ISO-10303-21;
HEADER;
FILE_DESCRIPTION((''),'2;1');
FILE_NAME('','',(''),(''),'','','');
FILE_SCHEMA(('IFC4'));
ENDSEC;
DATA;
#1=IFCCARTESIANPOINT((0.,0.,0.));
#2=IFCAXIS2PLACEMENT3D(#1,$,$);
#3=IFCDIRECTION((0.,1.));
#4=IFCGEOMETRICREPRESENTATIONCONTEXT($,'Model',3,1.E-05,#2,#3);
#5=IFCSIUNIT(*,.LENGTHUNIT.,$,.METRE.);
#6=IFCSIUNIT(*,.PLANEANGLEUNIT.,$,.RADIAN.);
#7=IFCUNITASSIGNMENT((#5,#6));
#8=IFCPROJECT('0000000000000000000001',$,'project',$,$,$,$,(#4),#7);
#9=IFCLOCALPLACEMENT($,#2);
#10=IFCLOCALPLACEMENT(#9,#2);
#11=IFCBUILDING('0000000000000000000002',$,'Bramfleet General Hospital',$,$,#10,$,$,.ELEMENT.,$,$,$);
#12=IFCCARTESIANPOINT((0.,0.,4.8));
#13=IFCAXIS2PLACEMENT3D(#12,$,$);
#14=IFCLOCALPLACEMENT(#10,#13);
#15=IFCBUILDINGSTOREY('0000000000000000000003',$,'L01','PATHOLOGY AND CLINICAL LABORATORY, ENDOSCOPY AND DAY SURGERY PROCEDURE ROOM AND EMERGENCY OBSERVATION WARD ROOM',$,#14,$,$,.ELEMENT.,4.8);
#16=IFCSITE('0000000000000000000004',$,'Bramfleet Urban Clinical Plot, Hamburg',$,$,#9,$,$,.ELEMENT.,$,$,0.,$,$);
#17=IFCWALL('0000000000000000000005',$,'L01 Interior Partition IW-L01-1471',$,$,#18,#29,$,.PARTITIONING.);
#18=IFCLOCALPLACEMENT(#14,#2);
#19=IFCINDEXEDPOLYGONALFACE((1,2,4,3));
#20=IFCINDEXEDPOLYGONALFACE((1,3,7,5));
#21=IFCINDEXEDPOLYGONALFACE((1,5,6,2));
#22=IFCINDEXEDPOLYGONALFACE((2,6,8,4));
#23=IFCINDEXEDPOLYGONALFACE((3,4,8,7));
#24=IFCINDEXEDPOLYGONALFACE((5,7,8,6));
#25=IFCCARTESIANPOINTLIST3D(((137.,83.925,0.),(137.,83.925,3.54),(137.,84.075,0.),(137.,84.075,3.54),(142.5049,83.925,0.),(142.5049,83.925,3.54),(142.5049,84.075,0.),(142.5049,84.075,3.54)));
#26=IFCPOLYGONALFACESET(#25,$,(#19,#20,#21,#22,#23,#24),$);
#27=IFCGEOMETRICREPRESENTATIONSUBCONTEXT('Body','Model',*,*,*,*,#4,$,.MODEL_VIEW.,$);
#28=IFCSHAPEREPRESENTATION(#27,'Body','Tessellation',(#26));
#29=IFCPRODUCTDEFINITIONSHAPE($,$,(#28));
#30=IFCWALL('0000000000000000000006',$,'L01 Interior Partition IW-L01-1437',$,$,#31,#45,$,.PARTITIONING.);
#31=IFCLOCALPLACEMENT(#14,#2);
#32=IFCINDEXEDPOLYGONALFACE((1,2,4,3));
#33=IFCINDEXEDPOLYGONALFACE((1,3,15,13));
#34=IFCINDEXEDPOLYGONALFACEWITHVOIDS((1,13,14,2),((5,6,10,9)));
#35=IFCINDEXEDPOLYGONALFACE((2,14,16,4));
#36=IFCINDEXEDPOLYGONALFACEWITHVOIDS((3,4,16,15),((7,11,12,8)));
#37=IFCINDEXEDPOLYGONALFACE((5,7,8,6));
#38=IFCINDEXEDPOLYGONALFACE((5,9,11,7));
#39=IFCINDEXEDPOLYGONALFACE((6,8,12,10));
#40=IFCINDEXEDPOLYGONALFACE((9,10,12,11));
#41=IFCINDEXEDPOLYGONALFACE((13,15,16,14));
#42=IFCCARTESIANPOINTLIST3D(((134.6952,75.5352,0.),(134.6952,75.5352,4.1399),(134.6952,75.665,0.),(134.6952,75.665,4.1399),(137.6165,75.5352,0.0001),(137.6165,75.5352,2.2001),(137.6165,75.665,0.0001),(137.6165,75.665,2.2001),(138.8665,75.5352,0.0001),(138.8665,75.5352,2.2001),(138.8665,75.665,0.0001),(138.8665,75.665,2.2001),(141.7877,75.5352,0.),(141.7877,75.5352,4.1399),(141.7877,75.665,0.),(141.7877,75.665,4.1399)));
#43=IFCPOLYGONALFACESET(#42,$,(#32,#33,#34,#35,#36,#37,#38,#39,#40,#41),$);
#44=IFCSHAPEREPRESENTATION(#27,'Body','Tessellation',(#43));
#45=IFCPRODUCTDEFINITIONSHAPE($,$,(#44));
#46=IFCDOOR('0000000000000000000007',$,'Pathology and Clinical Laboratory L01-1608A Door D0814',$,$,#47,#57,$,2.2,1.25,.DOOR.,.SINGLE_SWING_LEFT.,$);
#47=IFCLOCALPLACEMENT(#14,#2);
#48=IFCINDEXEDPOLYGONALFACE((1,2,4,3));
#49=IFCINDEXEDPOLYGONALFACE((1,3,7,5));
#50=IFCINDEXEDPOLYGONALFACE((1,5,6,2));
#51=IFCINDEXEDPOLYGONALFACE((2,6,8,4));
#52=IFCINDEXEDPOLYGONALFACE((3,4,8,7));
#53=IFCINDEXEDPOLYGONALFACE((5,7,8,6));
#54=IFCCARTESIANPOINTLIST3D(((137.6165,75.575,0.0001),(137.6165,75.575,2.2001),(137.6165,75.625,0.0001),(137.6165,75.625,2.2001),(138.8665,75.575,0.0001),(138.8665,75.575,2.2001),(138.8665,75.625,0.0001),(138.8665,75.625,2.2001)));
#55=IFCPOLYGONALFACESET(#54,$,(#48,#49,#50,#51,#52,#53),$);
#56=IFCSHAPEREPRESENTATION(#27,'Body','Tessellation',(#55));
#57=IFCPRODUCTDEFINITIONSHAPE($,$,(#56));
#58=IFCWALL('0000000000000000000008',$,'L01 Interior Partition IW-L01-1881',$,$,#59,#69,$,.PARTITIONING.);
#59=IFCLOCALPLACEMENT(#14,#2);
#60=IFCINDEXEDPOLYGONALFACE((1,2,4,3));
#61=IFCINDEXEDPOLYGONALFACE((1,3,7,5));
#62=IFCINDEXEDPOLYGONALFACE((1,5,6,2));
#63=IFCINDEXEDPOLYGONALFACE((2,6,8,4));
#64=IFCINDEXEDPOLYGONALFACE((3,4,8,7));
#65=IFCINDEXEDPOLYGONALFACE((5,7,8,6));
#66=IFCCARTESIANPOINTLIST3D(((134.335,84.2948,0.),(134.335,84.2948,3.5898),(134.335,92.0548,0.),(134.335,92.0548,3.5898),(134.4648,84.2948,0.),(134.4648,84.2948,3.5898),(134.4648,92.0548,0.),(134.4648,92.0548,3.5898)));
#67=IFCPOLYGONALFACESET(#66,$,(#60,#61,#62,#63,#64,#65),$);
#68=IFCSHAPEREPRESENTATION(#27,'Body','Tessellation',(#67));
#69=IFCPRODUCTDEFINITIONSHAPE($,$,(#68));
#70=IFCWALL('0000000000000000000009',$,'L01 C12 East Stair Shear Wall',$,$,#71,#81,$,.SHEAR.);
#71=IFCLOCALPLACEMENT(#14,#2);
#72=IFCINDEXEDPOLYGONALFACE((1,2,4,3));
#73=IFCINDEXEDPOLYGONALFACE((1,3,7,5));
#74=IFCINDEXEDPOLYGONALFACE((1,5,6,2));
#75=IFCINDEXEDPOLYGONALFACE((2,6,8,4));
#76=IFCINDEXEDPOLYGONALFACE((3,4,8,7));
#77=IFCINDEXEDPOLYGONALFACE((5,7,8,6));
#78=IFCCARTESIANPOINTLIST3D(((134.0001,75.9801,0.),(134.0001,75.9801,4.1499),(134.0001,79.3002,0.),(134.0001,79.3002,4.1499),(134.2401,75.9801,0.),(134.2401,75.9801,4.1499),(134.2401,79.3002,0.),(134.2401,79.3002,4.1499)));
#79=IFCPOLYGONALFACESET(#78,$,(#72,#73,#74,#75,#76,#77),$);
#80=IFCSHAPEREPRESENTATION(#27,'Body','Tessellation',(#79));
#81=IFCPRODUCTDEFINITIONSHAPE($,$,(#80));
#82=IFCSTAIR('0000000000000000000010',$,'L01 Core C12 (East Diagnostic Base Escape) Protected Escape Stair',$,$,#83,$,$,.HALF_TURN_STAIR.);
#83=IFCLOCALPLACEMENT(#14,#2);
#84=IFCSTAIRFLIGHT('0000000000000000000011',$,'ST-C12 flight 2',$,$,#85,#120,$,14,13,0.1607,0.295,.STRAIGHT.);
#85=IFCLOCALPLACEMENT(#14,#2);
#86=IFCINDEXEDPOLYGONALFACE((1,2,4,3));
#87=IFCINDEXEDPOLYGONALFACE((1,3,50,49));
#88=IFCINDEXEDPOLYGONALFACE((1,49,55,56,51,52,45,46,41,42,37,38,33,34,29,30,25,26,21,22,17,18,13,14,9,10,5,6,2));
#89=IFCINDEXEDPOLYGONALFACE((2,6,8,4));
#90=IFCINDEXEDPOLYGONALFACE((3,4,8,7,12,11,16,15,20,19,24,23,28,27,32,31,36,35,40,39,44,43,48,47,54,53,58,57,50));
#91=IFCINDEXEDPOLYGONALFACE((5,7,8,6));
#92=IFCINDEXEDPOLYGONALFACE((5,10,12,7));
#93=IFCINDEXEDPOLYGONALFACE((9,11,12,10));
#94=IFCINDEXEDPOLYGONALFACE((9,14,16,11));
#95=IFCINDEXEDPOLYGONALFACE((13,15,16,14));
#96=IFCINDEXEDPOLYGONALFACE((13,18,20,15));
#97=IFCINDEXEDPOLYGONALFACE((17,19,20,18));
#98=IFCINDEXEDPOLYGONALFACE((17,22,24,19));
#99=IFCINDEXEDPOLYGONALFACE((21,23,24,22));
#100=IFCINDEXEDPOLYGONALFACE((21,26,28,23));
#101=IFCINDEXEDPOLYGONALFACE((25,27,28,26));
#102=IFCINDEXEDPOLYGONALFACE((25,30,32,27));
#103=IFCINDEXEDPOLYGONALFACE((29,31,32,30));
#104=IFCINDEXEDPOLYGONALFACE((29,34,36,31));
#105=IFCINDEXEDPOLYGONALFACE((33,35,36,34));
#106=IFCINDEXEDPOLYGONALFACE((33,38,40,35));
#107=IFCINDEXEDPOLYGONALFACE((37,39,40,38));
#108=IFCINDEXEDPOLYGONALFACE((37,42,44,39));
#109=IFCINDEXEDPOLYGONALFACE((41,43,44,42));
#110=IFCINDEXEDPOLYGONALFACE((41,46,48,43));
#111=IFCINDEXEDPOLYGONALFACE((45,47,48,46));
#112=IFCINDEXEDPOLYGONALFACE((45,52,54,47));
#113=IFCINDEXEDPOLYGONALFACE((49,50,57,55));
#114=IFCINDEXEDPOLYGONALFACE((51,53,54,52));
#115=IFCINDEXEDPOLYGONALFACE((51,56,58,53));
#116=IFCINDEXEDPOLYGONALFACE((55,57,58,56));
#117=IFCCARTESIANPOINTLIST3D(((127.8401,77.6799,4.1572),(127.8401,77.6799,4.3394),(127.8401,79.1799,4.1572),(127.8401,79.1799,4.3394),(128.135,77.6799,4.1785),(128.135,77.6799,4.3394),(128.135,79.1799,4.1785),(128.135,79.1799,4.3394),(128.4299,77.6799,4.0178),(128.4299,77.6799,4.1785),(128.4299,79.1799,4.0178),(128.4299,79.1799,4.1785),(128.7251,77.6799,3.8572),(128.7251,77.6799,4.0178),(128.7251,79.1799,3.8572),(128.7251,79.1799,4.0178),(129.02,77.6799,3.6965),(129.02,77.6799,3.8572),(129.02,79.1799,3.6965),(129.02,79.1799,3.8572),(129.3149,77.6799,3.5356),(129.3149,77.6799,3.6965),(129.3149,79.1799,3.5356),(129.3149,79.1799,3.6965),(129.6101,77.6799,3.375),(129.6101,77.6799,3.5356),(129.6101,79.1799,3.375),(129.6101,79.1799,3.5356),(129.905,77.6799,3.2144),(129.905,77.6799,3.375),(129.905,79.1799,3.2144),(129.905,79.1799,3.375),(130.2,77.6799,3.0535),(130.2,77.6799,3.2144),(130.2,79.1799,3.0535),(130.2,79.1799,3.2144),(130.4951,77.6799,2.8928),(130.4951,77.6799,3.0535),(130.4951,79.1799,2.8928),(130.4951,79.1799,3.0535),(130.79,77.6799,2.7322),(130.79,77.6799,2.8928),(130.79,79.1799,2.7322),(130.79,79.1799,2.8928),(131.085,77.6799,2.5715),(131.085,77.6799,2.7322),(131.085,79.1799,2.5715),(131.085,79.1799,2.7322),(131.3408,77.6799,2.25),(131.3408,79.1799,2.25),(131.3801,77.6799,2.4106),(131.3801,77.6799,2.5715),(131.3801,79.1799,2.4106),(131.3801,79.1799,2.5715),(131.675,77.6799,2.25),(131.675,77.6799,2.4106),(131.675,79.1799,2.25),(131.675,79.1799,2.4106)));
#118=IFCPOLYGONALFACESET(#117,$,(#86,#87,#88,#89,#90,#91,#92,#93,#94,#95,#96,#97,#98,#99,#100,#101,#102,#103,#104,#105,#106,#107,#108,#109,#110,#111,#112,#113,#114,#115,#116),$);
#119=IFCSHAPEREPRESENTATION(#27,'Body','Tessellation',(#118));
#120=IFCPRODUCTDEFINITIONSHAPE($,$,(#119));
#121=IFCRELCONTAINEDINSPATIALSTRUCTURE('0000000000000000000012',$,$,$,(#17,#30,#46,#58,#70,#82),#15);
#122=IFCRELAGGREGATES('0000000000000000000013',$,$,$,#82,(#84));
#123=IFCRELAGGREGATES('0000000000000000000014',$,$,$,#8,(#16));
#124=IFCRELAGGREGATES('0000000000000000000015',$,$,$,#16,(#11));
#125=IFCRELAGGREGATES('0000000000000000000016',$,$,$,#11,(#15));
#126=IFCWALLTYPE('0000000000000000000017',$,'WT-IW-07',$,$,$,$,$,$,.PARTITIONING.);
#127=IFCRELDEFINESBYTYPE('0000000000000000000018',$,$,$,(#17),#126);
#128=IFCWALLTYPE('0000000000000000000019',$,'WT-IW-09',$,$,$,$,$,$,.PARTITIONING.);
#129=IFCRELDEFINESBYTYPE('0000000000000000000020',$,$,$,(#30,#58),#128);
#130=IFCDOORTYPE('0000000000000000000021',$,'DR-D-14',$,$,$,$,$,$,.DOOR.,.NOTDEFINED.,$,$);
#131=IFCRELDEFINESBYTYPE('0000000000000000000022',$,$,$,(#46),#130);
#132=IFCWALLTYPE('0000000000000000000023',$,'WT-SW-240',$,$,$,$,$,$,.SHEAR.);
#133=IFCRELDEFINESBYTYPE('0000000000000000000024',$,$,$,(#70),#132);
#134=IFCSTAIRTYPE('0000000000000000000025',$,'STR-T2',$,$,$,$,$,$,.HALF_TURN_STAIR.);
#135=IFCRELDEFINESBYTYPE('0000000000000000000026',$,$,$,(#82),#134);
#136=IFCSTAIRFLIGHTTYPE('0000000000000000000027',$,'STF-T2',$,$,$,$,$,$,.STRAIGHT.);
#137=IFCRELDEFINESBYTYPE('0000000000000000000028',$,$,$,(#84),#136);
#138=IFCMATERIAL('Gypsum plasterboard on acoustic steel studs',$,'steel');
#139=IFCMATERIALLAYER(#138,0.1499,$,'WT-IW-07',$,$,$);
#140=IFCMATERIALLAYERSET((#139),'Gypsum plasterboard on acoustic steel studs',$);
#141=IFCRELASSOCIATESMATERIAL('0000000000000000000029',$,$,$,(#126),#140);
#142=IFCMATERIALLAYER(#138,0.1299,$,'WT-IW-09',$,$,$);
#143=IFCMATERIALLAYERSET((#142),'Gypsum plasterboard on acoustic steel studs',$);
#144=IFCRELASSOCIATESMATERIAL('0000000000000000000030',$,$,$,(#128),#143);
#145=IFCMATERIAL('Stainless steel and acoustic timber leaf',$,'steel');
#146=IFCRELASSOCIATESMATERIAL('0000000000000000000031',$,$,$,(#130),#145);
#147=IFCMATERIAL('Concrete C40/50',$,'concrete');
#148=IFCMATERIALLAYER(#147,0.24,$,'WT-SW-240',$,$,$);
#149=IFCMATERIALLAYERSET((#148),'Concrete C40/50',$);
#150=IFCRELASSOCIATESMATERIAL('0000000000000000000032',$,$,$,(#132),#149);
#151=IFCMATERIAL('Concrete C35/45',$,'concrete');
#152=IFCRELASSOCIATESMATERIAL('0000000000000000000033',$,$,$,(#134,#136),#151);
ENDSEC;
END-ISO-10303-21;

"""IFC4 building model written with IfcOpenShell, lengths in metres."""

from ifc_helpers import new_model, si_unit, direction, frame, frame_2d, origin, place, context, subcontext, project, spatial, polyline, rectangle, outline, extrude, material, layer, layer_set, type_object, element, fill, aggregate, save


model = new_model("IFC4")

# Units and contexts
model_context = context("Model", 3, precision=1e-05, world=origin(), true_north=direction((0.0, 1.0)))
body_context = subcontext(model_context, "Body", "Model", "MODEL_VIEW")
ifc_project = project(units=[si_unit("LENGTHUNIT", "METRE"), si_unit("PLANEANGLEUNIT", "RADIAN")], contexts=[model_context])

# Site, building, storey
site_placement = place(None, origin())
site = spatial("IfcSite", under=ifc_project, at=site_placement, Name="Bramfleet Urban Clinical Plot, Hamburg", CompositionType="ELEMENT", RefElevation=0.0)
building_placement = place(site_placement, origin())
building = spatial("IfcBuilding", under=site, at=building_placement, Name="Bramfleet General Hospital", CompositionType="ELEMENT")
storey_placement = place(building_placement, frame((0.0, 0.0, 4.8)))
storey = spatial("IfcBuildingStorey", under=building, at=storey_placement, Name="L01", Description="PATHOLOGY AND CLINICAL LABORATORY, ENDOSCOPY AND DAY SURGERY PROCEDURE ROOM AND EMERGENCY OBSERVATION WARD ROOM", CompositionType="ELEMENT", Elevation=4.8)

# Shared definitions
ifc_material_1 = material(Name="Concrete C40/50", Category="concrete")

# Shared definitions
ifc_material_2 = material(Name="Concrete C35/45", Category="concrete")

# Shared definitions
ifc_material_3 = material(Name="Stainless steel and acoustic timber leaf", Category="steel")

# Shared definitions
ifc_material_4 = material(Name="Gypsum plasterboard on acoustic steel studs", Category="steel")

# Wall
ifc_layer_1 = layer(ifc_material_4, 0.1499, Name="WT-IW-07")
ifc_layer_set_1 = layer_set([ifc_layer_1], Name="Gypsum plasterboard on acoustic steel studs")
wall_type_1 = type_object("IfcWallType", Name="WT-IW-07", PredefinedType="PARTITIONING", material=ifc_layer_set_1)
wall_1_placement = place(storey_placement, frame((137.0, 84.0, 0.0), z_axis=(0.0, 0.0, 1.0), x_axis=(1.0, 0.0, 0.0)))
element("IfcWall", 1, at=wall_1_placement, inside=storey, type_object=wall_type_1, Name="L01 Interior Partition IW-L01-1471", PredefinedType="PARTITIONING", context=body_context, shape_type="SweptSolid", body=[
    extrude(rectangle(XDim=5.5049, YDim=0.1499, at=frame_2d((2.7524, 0.0))), origin(), (0.0, 0.0, 1.0), 3.54),
])

# Wall, opening, door
ifc_layer_2 = layer(ifc_material_4, 0.1299, Name="WT-IW-09")
ifc_layer_set_2 = layer_set([ifc_layer_2], Name="Gypsum plasterboard on acoustic steel studs")
wall_type_2 = type_object("IfcWallType", Name="WT-IW-09", PredefinedType="PARTITIONING", material=ifc_layer_set_2)
wall_2_placement = place(storey_placement, frame((134.6951, 75.6001, 0.0), z_axis=(0.0, 0.0, 1.0), x_axis=(1.0, 0.0, 0.0)))
wall_2 = element("IfcWall", 2, at=wall_2_placement, inside=storey, type_object=wall_type_2, Name="L01 Interior Partition IW-L01-1437", PredefinedType="PARTITIONING", context=body_context, shape_type="SweptSolid", body=[
    extrude(rectangle(XDim=7.0925, YDim=0.1299, at=frame_2d((3.5464, 0.0))), origin(), (0.0, 0.0, 1.0), 4.1399),
])
opening_1_placement = place(wall_2_placement, frame((2.9214, 0.0, 0.0)))
opening_1 = element("IfcOpeningElement", 3, at=opening_1_placement, cuts=wall_2, PredefinedType="OPENING", context=body_context, shape_type="SweptSolid", body=[
    extrude(rectangle(XDim=1.25, YDim=2.2, at=frame_2d((0.625, 1.1001))), frame((0.0, 0.075, 0.0), z_axis=(0.0, -1.0, 0.0), x_axis=(1.0, 0.0, 0.0)), (0.0, 0.0, 1.0), 0.1499),
])
door_type_1 = type_object("IfcDoorType", Name="DR-D-14", OperationType="NOTDEFINED", PredefinedType="DOOR", material=ifc_material_3)
door_1_placement = place(opening_1_placement, origin())
door_1 = element("IfcDoor", 4, at=door_1_placement, inside=storey, type_object=door_type_1, Name="Pathology and Clinical Laboratory L01-1608A Door D0814", OperationType="SINGLE_SWING_LEFT", OverallHeight=2.2, OverallWidth=1.25, PredefinedType="DOOR", context=body_context, shape_type="SweptSolid", body=[
    extrude(rectangle(XDim=1.25, YDim=2.2, at=frame_2d((0.625, 1.1001))), frame((0.0, 0.0249, 0.0), z_axis=(0.0, -1.0, 0.0), x_axis=(1.0, 0.0, 0.0)), (0.0, 0.0, 1.0), 0.05),
])
fill(opening_1, door_1)

# Walls
wall_3_placement = place(storey_placement, frame((134.3999, 84.2949, 0.0), z_axis=(0.0, 0.0, 1.0), x_axis=(0.0, 1.0, 0.0)))
element("IfcWall", 5, at=wall_3_placement, inside=storey, type_object=wall_type_2, Name="L01 Interior Partition IW-L01-1881", PredefinedType="PARTITIONING", context=body_context, shape_type="SweptSolid", body=[
    extrude(rectangle(XDim=7.76, YDim=0.1299, at=frame_2d((3.8799, 0.0))), origin(), (0.0, 0.0, 1.0), 3.5898),
])
ifc_layer_3 = layer(ifc_material_1, 0.24, Name="WT-SW-240")
ifc_layer_set_3 = layer_set([ifc_layer_3], Name="Concrete C40/50")
wall_type_3 = type_object("IfcWallType", Name="WT-SW-240", PredefinedType="SHEAR", material=ifc_layer_set_3)
wall_4_placement = place(storey_placement, frame((134.1201, 75.98, 0.0), z_axis=(0.0, 0.0, 1.0), x_axis=(0.0, 1.0, 0.0)))
element("IfcWall", 6, at=wall_4_placement, inside=storey, type_object=wall_type_3, Name="L01 C12 East Stair Shear Wall", PredefinedType="SHEAR", context=body_context, shape_type="SweptSolid", body=[
    extrude(rectangle(XDim=3.3201, YDim=0.24, at=frame_2d((1.6602, 0.0))), origin(), (0.0, 0.0, 1.0), 4.1499),
])

# Stair, stair flight
stair_type = type_object("IfcStairType", Name="STR-T2", PredefinedType="HALF_TURN_STAIR", material=ifc_material_2)
stair_placement = place(storey_placement, origin())
stair = element("IfcStair", 7, at=stair_placement, inside=storey, type_object=stair_type, Name="L01 Core C12 (East Diagnostic Base Escape) Protected Escape Stair", PredefinedType="HALF_TURN_STAIR")
stair_flight_type = type_object("IfcStairFlightType", Name="STF-T2", PredefinedType="STRAIGHT", material=ifc_material_2)
stair_flight_placement = place(storey_placement, frame((131.675, 78.4299, 2.25), z_axis=(0.0, 0.0, 1.0), x_axis=(-1.0, 0.0, 0.0)))
stair_flight = element("IfcStairFlight", 8, at=stair_flight_placement, type_object=stair_flight_type, Name="ST-C12 flight 2", NumberOfRisers=14, NumberOfTreads=13, PredefinedType="STRAIGHT", RiserHeight=0.1607, TreadLength=0.295, context=body_context, shape_type="SweptSolid", body=[
    extrude(outline(polyline([(0.0, 0.0), (0.0, 0.1606), (0.2949, 0.1606), (0.2949, 0.3215), (0.5901, 0.3215), (0.5901, 0.4822), (0.885, 0.4822), (0.885, 0.6428), (1.1799, 0.6428), (1.1799, 0.8035), (1.4751, 0.8035), (1.4751, 0.9644), (1.77, 0.9644), (1.77, 1.125), (2.0649, 1.125), (2.0649, 1.2856), (2.3601, 1.2856), (2.3601, 1.4465), (2.655, 1.4465), (2.655, 1.6072), (2.95, 1.6072), (2.95, 1.7678), (3.2451, 1.7678), (3.2451, 1.9285), (3.54, 1.9285), (3.54, 2.0894), (3.835, 2.0894), (3.835, 2.25), (3.835, 1.9072), (0.3342, 0.0), (0.0, 0.0)])), frame((0.0, 0.75, 0.0), z_axis=(0.0, -1.0, 0.0), x_axis=(1.0, 0.0, 0.0)), (0.0, 0.0, 1.0), 1.5),
])
aggregate(stair, [stair_flight])

save(model, "model.ifc")
